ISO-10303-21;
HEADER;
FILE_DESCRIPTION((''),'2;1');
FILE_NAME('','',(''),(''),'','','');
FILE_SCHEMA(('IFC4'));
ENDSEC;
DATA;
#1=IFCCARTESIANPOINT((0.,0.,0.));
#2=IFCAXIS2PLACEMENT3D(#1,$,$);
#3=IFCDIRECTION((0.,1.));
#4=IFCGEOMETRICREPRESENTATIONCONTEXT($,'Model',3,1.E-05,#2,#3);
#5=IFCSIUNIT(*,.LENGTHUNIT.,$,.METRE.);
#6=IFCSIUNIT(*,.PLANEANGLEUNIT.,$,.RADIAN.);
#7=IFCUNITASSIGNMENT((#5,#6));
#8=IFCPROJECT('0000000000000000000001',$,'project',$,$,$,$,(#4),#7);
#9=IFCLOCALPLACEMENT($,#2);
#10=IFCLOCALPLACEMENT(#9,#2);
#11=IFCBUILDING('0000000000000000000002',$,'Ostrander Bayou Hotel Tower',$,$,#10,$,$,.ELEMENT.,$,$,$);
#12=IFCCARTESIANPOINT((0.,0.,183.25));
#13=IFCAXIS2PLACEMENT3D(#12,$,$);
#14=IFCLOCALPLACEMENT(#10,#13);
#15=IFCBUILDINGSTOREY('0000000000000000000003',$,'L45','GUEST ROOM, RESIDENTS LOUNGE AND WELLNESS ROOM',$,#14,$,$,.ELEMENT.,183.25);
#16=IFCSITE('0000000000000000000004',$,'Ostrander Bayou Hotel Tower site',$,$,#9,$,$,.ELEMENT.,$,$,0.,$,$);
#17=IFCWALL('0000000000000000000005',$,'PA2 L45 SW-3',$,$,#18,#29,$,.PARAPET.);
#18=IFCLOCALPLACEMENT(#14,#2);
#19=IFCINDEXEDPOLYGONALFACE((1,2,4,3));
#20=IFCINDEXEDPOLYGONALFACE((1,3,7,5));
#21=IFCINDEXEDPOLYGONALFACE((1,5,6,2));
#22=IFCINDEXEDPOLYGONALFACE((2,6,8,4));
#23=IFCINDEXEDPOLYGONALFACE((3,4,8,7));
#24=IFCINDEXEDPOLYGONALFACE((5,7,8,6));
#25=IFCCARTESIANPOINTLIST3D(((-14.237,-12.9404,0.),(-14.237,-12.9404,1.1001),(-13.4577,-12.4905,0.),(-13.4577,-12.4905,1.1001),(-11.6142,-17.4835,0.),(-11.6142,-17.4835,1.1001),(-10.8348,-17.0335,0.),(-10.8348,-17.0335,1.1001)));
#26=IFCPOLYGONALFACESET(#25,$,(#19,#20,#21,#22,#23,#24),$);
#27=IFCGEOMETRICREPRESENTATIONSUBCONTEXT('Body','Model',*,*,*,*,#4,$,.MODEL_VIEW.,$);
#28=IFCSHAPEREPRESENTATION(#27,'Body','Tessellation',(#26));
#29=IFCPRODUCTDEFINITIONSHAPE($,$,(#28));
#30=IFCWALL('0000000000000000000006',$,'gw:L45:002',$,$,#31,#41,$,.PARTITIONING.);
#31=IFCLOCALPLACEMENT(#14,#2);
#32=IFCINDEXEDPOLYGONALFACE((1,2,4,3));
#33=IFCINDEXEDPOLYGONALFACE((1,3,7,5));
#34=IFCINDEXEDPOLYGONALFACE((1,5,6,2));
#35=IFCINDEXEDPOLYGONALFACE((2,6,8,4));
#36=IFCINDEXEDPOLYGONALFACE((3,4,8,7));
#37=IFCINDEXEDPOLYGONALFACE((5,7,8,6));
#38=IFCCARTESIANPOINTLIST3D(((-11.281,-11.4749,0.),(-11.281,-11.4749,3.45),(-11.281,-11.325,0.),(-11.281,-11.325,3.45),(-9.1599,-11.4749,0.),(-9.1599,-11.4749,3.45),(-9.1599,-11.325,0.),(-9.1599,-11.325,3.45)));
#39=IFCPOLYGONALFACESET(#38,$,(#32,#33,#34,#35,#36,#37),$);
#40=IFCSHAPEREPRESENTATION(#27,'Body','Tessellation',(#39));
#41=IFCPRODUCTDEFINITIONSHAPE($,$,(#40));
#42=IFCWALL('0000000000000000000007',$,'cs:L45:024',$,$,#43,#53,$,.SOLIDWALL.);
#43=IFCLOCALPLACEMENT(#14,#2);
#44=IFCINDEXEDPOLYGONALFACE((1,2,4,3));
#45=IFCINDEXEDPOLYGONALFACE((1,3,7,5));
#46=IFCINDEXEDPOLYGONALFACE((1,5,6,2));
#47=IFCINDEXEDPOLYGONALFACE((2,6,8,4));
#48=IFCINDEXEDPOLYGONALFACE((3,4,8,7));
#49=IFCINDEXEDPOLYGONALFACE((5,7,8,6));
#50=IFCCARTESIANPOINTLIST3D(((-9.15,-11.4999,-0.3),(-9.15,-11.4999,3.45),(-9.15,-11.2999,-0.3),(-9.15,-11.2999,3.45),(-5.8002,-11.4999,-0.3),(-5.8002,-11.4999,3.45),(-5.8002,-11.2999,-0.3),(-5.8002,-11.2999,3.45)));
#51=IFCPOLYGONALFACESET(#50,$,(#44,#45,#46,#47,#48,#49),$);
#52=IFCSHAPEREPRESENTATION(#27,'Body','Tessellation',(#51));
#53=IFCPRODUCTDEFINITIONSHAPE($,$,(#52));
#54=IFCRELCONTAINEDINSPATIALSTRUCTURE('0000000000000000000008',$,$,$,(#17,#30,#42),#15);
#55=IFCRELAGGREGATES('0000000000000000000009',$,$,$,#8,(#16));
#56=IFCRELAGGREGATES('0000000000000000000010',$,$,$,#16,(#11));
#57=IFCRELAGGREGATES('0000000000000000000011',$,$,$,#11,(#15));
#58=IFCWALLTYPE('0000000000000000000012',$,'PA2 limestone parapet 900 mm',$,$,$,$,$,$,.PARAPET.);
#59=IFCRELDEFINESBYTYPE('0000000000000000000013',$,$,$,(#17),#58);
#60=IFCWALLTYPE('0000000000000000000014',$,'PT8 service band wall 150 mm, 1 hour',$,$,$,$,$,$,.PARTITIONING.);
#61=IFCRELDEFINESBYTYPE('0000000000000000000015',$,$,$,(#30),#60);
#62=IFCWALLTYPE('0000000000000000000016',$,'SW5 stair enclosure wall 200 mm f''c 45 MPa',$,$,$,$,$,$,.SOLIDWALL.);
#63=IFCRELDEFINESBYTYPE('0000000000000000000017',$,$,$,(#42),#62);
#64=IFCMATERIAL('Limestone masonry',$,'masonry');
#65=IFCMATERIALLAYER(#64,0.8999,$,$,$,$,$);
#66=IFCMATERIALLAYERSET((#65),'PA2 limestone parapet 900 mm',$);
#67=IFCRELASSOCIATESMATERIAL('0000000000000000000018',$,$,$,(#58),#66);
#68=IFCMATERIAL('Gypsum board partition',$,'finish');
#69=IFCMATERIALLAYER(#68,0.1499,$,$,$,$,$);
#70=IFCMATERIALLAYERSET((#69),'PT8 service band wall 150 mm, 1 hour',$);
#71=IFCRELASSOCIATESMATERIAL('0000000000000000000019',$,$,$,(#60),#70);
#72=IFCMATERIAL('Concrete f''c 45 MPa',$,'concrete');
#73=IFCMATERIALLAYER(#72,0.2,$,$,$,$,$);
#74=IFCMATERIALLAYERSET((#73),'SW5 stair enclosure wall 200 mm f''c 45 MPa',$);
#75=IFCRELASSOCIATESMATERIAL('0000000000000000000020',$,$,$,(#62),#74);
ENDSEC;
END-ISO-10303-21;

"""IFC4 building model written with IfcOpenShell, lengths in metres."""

from ifc_helpers import new_model, si_unit, direction, frame, frame_2d, origin, place, context, subcontext, project, spatial, rectangle, extrude, material, layer, layer_set, type_object, element, save


model = new_model("IFC4")

# Units and contexts
model_context = context("Model", 3, precision=1e-05, world=origin(), true_north=direction((0.0, 1.0)))
body_context = subcontext(model_context, "Body", "Model", "MODEL_VIEW")
ifc_project = project(units=[si_unit("LENGTHUNIT", "METRE"), si_unit("PLANEANGLEUNIT", "RADIAN")], contexts=[model_context])

# Site, building, storey
site_placement = place(None, origin())
site = spatial("IfcSite", under=ifc_project, at=site_placement, Name="Ostrander Bayou Hotel Tower site", CompositionType="ELEMENT", RefElevation=0.0)
building_placement = place(site_placement, origin())
building = spatial("IfcBuilding", under=site, at=building_placement, Name="Ostrander Bayou Hotel Tower", CompositionType="ELEMENT")
storey_placement = place(building_placement, frame((0.0, 0.0, 183.25)))
storey = spatial("IfcBuildingStorey", under=building, at=storey_placement, Name="L45", Description="GUEST ROOM, RESIDENTS LOUNGE AND WELLNESS ROOM", CompositionType="ELEMENT", Elevation=183.25)

# Walls
ifc_material_1 = material(Name="Limestone masonry", Category="masonry")
ifc_layer_1 = layer(ifc_material_1, 0.8999)
ifc_layer_set_1 = layer_set([ifc_layer_1], Name="PA2 limestone parapet 900 mm")
wall_type_1 = type_object("IfcWallType", Name="PA2 limestone parapet 900 mm", PredefinedType="PARAPET", material=ifc_layer_set_1)
wall_1_placement = place(storey_placement, frame((-13.8474, -12.7153, 0.0), z_axis=(0.0, 0.0, 1.0), x_axis=(0.499988, -0.866032, 0.0)))
element("IfcWall", 1, at=wall_1_placement, inside=storey, type_object=wall_type_1, Name="PA2 L45 SW-3", PredefinedType="PARAPET", context=body_context, shape_type="SweptSolid", body=[
    extrude(rectangle(XDim=5.2458, YDim=0.8999, at=frame_2d((2.623, 0.0))), origin(), (0.0, 0.0, 1.0), 1.1001),
])
ifc_material_2 = material(Name="Gypsum board partition", Category="finish")
ifc_layer_2 = layer(ifc_material_2, 0.1499)
ifc_layer_set_2 = layer_set([ifc_layer_2], Name="PT8 service band wall 150 mm, 1 hour")
wall_type_2 = type_object("IfcWallType", Name="PT8 service band wall 150 mm, 1 hour", PredefinedType="PARTITIONING", material=ifc_layer_set_2)
wall_2_placement = place(storey_placement, frame((-11.281, -11.3999, 0.0), z_axis=(0.0, 0.0, 1.0), x_axis=(1.0, 0.0, 0.0)))
element("IfcWall", 2, at=wall_2_placement, inside=storey, type_object=wall_type_2, Name="gw:L45:002", PredefinedType="PARTITIONING", context=body_context, shape_type="SweptSolid", body=[
    extrude(rectangle(XDim=2.1211, YDim=0.1499, at=frame_2d((1.0605, 0.0))), origin(), (0.0, 0.0, 1.0), 3.45),
])
ifc_material_3 = material(Name="Concrete f'c 45 MPa", Category="concrete")
ifc_layer_3 = layer(ifc_material_3, 0.2)
ifc_layer_set_3 = layer_set([ifc_layer_3], Name="SW5 stair enclosure wall 200 mm f'c 45 MPa")
wall_type_3 = type_object("IfcWallType", Name="SW5 stair enclosure wall 200 mm f'c 45 MPa", PredefinedType="SOLIDWALL", material=ifc_layer_set_3)
wall_3_placement = place(storey_placement, frame((-9.1499, -11.3999, -0.3), z_axis=(0.0, 0.0, 1.0), x_axis=(1.0, 0.0, 0.0)))
element("IfcWall", 3, at=wall_3_placement, inside=storey, type_object=wall_type_3, Name="cs:L45:024", PredefinedType="SOLIDWALL", context=body_context, shape_type="SweptSolid", body=[
    extrude(rectangle(XDim=3.3499, YDim=0.2, at=frame_2d((1.6748, 0.0))), origin(), (0.0, 0.0, 1.0), 3.75),
])

save(model, "model.ifc")
